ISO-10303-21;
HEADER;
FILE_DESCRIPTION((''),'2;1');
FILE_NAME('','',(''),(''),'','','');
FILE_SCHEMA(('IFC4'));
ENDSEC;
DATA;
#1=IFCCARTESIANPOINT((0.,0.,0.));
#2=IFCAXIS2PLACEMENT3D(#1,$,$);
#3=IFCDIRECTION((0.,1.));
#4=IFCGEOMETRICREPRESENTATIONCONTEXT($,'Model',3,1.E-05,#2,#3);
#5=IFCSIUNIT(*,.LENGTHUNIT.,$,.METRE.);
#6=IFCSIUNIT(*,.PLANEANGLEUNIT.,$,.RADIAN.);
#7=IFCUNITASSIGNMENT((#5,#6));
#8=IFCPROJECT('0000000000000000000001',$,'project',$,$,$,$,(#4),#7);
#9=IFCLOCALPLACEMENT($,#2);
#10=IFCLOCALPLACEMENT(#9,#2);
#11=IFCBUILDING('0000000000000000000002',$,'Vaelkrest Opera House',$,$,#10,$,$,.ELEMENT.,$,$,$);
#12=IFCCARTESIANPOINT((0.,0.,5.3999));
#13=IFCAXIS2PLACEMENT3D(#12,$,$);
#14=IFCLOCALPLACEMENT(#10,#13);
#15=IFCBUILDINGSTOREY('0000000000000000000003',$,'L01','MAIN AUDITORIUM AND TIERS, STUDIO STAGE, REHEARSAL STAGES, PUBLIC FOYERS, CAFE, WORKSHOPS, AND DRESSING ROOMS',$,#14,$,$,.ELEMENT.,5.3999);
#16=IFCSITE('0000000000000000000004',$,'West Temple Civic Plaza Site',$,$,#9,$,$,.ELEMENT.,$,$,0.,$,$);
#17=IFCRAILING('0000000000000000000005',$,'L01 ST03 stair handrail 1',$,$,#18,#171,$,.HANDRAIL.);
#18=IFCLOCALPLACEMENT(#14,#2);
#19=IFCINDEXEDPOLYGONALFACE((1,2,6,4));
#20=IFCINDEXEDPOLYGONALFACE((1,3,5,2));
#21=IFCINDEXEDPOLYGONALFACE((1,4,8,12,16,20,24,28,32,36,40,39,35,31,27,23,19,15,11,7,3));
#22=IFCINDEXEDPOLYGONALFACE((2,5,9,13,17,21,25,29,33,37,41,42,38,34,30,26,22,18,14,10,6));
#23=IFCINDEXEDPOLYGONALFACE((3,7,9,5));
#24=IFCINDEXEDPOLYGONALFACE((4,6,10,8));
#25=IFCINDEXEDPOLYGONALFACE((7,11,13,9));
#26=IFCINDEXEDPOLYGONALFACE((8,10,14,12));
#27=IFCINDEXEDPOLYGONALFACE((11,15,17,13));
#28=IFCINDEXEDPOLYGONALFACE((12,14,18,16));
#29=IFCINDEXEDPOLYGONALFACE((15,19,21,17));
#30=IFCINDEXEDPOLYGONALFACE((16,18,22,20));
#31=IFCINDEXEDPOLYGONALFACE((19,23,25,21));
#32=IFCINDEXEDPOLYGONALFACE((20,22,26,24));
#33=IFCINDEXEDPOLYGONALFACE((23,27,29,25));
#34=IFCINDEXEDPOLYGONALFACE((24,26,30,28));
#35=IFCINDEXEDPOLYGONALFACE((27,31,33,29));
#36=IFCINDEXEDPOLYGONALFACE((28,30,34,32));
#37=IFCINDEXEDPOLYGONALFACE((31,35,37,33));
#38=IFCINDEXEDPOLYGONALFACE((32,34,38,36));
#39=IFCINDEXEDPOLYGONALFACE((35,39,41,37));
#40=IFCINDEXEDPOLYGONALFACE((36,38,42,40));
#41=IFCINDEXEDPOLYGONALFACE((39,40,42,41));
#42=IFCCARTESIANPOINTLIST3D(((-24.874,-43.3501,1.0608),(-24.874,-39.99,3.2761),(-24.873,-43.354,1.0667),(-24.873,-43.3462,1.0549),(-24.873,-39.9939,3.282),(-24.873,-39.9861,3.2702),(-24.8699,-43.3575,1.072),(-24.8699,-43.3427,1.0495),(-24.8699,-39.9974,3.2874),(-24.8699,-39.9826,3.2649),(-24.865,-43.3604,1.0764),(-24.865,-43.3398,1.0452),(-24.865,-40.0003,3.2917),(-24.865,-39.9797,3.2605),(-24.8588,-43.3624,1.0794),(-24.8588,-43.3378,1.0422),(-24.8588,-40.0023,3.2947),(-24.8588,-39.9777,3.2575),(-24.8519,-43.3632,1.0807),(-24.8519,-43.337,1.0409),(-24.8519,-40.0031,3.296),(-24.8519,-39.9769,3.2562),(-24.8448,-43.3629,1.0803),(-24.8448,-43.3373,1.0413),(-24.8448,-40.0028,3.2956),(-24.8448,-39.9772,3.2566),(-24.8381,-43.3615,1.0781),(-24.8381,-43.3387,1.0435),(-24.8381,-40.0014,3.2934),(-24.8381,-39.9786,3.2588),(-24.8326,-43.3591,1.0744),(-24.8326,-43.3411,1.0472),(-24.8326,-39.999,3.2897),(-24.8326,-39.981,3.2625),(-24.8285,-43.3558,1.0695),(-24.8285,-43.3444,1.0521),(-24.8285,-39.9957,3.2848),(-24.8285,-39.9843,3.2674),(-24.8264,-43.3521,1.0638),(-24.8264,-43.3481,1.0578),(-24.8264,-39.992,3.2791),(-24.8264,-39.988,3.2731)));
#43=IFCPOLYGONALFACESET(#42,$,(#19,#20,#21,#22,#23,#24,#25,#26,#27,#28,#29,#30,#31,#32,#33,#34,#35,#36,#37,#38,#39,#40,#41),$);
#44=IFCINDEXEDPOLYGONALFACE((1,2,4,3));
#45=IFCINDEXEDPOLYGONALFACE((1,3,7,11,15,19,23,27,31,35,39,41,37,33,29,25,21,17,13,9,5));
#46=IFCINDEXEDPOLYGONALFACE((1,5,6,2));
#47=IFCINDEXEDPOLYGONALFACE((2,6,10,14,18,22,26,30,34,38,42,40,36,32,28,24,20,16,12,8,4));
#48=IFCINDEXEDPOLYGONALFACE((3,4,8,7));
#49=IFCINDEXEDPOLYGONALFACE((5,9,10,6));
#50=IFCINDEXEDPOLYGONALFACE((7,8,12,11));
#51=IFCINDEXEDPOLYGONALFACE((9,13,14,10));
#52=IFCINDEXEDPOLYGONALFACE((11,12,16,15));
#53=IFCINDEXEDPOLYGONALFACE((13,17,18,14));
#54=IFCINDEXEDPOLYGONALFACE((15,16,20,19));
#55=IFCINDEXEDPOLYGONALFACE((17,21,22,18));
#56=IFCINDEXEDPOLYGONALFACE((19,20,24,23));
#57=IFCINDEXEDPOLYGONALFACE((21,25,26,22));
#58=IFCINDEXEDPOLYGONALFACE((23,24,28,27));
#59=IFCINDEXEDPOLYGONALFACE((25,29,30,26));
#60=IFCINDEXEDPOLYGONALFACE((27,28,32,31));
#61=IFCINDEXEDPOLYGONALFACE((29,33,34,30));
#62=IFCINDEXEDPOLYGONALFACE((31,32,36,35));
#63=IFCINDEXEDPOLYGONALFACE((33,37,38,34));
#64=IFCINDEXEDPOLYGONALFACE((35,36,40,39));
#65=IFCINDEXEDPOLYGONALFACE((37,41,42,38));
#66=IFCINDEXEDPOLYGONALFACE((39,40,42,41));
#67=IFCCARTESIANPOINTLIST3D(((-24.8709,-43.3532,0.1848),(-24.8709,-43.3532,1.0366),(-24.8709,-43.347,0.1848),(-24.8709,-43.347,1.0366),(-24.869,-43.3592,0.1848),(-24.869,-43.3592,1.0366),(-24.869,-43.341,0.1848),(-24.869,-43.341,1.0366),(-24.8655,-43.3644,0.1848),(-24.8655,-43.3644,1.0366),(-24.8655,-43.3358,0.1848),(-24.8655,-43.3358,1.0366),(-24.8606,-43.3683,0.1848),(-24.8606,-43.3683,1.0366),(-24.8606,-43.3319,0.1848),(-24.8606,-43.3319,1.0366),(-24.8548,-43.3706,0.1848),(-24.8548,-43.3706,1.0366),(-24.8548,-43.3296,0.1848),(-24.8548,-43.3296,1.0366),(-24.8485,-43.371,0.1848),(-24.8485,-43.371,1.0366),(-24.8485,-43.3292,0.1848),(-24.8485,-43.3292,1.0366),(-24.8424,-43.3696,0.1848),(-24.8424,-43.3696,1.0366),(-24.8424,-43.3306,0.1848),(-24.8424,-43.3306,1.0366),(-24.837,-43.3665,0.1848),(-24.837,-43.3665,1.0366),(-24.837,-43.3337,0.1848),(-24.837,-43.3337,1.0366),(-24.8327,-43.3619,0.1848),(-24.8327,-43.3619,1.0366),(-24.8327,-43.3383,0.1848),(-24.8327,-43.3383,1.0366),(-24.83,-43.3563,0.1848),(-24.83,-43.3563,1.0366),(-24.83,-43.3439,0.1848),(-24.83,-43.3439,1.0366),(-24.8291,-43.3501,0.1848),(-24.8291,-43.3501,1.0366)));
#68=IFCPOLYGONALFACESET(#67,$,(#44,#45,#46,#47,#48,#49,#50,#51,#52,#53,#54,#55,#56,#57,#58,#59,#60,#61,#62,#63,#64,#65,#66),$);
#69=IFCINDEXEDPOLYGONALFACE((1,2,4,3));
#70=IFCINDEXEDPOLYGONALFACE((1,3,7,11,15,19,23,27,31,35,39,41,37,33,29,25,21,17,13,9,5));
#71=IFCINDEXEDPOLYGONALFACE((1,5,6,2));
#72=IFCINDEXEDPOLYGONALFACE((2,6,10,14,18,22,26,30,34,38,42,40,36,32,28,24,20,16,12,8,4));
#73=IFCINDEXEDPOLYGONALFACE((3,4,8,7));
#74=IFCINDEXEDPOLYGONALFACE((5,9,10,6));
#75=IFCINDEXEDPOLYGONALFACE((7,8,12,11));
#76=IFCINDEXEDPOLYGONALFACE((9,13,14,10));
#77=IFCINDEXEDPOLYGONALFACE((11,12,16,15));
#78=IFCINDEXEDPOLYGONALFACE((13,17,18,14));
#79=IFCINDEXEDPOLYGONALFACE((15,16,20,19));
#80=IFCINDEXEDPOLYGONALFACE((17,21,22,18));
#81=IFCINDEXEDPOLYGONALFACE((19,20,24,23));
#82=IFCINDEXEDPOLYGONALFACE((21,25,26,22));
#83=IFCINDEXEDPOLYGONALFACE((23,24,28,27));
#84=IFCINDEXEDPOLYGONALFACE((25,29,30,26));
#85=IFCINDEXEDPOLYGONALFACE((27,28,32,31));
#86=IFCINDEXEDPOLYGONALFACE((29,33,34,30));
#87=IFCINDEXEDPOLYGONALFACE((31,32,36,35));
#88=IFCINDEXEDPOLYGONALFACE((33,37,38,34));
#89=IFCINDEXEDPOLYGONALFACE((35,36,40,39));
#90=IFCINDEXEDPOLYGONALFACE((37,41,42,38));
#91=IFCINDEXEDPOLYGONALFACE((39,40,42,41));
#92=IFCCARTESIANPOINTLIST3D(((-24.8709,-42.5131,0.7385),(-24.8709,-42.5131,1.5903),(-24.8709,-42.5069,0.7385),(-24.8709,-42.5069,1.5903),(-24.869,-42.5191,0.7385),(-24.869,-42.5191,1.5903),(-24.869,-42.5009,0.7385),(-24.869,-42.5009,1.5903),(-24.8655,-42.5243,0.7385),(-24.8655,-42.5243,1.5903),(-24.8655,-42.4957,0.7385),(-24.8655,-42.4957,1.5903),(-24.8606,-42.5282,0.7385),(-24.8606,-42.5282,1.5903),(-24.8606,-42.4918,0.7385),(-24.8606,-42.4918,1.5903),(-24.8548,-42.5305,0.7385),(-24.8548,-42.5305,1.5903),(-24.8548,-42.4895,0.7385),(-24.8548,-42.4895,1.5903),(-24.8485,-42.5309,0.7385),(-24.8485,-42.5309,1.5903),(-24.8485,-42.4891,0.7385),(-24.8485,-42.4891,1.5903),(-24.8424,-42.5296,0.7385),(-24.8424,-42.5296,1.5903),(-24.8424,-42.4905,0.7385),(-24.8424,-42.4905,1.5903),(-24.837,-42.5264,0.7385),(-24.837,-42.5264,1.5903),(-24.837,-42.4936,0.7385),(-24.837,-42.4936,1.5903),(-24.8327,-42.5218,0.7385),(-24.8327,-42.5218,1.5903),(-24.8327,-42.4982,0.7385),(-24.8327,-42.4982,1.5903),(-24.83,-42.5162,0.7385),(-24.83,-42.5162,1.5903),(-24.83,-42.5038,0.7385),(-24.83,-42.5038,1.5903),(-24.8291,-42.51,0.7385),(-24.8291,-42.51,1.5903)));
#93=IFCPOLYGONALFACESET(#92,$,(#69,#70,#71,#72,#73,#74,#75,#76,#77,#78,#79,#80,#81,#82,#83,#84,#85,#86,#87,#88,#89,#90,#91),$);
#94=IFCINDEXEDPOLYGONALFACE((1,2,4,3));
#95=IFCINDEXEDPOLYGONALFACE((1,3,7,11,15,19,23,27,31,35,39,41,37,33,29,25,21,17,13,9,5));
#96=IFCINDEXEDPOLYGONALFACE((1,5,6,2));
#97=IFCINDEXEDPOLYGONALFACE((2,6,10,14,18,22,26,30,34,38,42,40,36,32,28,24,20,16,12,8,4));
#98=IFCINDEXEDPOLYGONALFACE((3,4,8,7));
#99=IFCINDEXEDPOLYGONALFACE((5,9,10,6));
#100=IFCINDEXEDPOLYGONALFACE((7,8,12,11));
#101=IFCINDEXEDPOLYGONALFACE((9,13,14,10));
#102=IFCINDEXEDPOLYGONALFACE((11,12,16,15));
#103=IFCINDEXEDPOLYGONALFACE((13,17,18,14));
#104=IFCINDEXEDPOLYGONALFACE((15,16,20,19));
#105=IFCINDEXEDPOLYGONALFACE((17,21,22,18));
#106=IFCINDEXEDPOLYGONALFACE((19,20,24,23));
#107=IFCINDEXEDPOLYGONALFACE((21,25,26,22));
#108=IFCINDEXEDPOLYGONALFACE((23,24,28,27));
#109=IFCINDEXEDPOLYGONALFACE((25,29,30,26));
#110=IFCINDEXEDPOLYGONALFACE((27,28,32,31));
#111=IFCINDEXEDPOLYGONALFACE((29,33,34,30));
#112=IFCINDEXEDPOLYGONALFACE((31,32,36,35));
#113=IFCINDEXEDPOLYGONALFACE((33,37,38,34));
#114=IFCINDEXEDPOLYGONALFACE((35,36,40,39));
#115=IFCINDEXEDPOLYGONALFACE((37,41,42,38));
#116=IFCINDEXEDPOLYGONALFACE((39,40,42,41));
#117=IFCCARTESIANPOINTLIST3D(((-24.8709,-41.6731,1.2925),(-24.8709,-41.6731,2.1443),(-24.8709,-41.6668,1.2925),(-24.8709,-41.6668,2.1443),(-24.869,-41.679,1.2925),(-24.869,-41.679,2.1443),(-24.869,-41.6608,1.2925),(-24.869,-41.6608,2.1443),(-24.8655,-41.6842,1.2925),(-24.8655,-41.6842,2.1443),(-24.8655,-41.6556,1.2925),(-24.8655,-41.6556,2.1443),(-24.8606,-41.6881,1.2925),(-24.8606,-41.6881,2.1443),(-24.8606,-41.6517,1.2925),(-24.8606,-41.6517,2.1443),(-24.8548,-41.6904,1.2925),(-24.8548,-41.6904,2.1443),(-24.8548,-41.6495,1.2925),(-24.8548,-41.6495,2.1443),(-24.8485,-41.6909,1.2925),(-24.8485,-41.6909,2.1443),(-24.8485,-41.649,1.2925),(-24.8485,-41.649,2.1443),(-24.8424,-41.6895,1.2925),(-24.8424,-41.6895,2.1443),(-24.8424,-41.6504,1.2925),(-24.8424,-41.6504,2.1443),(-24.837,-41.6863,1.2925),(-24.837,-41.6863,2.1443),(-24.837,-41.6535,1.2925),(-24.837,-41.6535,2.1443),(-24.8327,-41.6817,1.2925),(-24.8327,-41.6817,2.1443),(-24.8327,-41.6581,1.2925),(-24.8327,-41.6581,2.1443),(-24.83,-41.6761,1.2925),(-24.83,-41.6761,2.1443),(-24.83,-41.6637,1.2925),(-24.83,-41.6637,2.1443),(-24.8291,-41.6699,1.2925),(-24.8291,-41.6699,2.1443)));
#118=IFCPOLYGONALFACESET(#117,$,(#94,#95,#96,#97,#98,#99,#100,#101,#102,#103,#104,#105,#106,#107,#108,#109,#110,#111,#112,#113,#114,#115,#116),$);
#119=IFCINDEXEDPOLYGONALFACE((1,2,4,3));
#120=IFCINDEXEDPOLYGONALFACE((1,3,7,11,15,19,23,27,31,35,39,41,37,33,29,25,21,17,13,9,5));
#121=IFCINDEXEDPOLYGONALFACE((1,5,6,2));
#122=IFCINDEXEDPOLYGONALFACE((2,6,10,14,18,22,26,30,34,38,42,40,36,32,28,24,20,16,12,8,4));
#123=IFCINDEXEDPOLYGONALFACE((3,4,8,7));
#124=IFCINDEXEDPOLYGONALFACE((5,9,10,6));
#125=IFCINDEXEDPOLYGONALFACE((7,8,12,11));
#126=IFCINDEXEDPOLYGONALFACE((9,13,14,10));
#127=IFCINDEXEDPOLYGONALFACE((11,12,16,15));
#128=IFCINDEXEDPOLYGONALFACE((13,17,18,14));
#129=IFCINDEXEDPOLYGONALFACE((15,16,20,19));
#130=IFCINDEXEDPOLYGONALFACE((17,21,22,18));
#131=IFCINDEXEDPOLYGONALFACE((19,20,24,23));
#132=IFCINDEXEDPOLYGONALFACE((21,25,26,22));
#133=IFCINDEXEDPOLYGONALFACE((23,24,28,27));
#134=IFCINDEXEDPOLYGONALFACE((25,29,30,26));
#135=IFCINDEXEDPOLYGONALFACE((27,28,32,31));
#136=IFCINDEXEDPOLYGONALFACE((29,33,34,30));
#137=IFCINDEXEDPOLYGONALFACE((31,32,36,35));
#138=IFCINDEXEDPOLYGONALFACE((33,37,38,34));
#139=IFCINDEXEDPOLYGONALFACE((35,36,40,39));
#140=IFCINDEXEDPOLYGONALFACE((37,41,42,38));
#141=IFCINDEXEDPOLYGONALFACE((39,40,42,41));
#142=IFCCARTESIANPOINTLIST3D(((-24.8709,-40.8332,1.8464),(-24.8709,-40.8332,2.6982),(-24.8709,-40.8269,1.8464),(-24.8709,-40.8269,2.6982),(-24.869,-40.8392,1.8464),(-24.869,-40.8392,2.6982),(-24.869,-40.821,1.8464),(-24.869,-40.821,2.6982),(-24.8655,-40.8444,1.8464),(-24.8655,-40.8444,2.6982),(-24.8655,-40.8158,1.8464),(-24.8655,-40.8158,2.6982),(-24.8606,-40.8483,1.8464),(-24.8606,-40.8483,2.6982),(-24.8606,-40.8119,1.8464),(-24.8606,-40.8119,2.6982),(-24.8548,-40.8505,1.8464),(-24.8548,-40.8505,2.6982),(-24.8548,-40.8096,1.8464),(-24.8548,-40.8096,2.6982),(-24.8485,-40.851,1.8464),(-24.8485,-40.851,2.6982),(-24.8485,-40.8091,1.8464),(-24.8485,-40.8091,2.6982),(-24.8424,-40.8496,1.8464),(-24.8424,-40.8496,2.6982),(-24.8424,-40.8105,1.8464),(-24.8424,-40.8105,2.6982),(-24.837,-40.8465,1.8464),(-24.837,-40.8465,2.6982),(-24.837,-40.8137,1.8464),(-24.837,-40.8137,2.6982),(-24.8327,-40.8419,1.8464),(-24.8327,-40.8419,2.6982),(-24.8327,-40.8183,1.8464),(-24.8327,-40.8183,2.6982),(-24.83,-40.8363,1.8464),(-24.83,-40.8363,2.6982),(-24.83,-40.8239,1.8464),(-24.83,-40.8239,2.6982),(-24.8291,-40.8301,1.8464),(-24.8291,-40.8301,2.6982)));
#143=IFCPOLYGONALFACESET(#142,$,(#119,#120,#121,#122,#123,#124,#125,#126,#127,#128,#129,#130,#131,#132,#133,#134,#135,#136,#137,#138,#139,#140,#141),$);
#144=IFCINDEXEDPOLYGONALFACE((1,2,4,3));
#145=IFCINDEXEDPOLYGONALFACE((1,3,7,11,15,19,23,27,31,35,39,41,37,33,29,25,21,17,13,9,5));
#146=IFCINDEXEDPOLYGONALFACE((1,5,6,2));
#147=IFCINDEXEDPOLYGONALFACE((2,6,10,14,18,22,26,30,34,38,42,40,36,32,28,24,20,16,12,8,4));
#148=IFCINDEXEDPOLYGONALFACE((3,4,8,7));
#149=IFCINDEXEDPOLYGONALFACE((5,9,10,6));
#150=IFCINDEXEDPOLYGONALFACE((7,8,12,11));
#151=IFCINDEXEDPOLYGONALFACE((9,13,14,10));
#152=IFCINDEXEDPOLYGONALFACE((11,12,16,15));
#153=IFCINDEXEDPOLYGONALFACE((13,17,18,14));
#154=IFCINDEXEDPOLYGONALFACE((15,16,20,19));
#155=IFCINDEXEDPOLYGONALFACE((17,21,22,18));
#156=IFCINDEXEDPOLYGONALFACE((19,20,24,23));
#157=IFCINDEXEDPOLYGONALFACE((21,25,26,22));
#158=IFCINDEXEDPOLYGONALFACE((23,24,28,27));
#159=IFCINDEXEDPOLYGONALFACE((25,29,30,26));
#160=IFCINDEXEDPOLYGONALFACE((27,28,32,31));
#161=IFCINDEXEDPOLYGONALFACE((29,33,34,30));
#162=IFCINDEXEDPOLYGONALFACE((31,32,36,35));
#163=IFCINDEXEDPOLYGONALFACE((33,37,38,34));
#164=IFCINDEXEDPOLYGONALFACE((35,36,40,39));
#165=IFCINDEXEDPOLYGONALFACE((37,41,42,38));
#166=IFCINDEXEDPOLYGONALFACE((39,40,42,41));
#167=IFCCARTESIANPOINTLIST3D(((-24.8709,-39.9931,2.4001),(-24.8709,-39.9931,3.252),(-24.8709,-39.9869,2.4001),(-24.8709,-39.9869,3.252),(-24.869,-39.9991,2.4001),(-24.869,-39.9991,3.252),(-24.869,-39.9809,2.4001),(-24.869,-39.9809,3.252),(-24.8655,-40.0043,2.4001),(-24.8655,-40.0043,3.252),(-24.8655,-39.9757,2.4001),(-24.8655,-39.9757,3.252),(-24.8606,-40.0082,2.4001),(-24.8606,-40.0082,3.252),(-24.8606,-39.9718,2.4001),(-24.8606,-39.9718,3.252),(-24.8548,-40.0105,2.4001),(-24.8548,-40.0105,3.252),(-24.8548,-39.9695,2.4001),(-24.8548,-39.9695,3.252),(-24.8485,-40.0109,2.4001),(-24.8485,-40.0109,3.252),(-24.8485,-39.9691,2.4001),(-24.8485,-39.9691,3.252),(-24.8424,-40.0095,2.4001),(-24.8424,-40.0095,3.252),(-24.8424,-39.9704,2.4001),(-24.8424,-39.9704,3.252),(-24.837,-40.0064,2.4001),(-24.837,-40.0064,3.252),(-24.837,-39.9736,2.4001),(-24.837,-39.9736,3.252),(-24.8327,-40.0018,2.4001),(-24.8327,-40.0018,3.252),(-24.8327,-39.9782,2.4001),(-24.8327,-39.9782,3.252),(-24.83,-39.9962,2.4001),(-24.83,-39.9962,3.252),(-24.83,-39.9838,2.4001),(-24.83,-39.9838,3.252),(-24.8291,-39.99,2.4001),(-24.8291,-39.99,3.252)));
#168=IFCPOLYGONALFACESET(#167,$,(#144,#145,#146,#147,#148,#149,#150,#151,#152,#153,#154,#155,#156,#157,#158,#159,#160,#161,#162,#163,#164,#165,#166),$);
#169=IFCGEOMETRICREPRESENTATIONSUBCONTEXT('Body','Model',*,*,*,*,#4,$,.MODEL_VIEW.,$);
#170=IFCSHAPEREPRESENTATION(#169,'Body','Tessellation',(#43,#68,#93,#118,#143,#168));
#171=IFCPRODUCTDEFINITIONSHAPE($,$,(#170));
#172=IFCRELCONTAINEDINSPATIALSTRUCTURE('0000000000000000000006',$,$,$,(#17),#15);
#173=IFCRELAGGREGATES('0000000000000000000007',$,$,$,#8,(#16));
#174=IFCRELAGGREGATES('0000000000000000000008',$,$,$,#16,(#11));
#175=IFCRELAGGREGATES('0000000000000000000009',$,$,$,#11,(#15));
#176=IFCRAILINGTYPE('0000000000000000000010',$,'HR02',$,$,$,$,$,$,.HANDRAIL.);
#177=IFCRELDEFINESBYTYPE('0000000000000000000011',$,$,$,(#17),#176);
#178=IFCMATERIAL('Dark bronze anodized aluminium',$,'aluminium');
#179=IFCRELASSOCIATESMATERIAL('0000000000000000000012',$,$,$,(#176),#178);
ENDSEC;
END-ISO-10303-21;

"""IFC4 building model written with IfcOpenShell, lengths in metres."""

from ifc_helpers import new_model, si_unit, direction, frame, origin, origin_2d, place, context, subcontext, project, spatial, circle, extrude, material, type_object, element, save


model = new_model("IFC4")

# Units and contexts
model_context = context("Model", 3, precision=1e-05, world=origin(), true_north=direction((0.0, 1.0)))
body_context = subcontext(model_context, "Body", "Model", "MODEL_VIEW")
ifc_project = project(units=[si_unit("LENGTHUNIT", "METRE"), si_unit("PLANEANGLEUNIT", "RADIAN")], contexts=[model_context])

# Site, building, storey
site_placement = place(None, origin())
site = spatial("IfcSite", under=ifc_project, at=site_placement, Name="West Temple Civic Plaza Site", CompositionType="ELEMENT", RefElevation=0.0)
building_placement = place(site_placement, origin())
building = spatial("IfcBuilding", under=site, at=building_placement, Name="Vaelkrest Opera House", CompositionType="ELEMENT")
storey_placement = place(building_placement, frame((0.0, 0.0, 5.3999)))
storey = spatial("IfcBuildingStorey", under=building, at=storey_placement, Name="L01", Description="MAIN AUDITORIUM AND TIERS, STUDIO STAGE, REHEARSAL STAGES, PUBLIC FOYERS, CAFE, WORKSHOPS, AND DRESSING ROOMS", CompositionType="ELEMENT", Elevation=5.3999)

# Shared definitions
ifc_material_1 = material(Name="Dark bronze anodized aluminium", Category="aluminium")

# Railing
railing_type_1 = type_object("IfcRailingType", Name="HR02", PredefinedType="HANDRAIL", material=ifc_material_1)
railing_1_placement = place(storey_placement, frame((-24.8501, -43.3501, 0.1848)))
element("IfcRailing", 1, at=railing_1_placement, inside=storey, type_object=railing_type_1, Name="L01 ST03 stair handrail 1", PredefinedType="HANDRAIL", context=body_context, shape_type="SweptSolid", body=[
    extrude(circle(Radius=0.0239, at=origin_2d()), frame((0.0, 0.0, 0.876), z_axis=(0.0, 0.834876, 0.550437), x_axis=(-1.0, 0.0, 0.0)), (0.0, 0.0, 1.0), 4.0247),
    extrude(circle(Radius=0.021, at=origin_2d()), origin(), (0.0, 0.0, 1.0), 0.8518),
    extrude(circle(Radius=0.021, at=origin_2d()), frame((0.0, 0.8401, 0.5537)), (0.0, 0.0, 1.0), 0.8518),
    extrude(circle(Radius=0.021, at=origin_2d()), frame((0.0, 1.6802, 1.1077)), (0.0, 0.0, 1.0), 0.8518),
    extrude(circle(Radius=0.021, at=origin_2d()), frame((0.0, 2.52, 1.6616)), (0.0, 0.0, 1.0), 0.8518),
    extrude(circle(Radius=0.021, at=origin_2d()), frame((0.0, 3.3601, 2.2153)), (0.0, 0.0, 1.0), 0.8518),
])

save(model, "model.ifc")
